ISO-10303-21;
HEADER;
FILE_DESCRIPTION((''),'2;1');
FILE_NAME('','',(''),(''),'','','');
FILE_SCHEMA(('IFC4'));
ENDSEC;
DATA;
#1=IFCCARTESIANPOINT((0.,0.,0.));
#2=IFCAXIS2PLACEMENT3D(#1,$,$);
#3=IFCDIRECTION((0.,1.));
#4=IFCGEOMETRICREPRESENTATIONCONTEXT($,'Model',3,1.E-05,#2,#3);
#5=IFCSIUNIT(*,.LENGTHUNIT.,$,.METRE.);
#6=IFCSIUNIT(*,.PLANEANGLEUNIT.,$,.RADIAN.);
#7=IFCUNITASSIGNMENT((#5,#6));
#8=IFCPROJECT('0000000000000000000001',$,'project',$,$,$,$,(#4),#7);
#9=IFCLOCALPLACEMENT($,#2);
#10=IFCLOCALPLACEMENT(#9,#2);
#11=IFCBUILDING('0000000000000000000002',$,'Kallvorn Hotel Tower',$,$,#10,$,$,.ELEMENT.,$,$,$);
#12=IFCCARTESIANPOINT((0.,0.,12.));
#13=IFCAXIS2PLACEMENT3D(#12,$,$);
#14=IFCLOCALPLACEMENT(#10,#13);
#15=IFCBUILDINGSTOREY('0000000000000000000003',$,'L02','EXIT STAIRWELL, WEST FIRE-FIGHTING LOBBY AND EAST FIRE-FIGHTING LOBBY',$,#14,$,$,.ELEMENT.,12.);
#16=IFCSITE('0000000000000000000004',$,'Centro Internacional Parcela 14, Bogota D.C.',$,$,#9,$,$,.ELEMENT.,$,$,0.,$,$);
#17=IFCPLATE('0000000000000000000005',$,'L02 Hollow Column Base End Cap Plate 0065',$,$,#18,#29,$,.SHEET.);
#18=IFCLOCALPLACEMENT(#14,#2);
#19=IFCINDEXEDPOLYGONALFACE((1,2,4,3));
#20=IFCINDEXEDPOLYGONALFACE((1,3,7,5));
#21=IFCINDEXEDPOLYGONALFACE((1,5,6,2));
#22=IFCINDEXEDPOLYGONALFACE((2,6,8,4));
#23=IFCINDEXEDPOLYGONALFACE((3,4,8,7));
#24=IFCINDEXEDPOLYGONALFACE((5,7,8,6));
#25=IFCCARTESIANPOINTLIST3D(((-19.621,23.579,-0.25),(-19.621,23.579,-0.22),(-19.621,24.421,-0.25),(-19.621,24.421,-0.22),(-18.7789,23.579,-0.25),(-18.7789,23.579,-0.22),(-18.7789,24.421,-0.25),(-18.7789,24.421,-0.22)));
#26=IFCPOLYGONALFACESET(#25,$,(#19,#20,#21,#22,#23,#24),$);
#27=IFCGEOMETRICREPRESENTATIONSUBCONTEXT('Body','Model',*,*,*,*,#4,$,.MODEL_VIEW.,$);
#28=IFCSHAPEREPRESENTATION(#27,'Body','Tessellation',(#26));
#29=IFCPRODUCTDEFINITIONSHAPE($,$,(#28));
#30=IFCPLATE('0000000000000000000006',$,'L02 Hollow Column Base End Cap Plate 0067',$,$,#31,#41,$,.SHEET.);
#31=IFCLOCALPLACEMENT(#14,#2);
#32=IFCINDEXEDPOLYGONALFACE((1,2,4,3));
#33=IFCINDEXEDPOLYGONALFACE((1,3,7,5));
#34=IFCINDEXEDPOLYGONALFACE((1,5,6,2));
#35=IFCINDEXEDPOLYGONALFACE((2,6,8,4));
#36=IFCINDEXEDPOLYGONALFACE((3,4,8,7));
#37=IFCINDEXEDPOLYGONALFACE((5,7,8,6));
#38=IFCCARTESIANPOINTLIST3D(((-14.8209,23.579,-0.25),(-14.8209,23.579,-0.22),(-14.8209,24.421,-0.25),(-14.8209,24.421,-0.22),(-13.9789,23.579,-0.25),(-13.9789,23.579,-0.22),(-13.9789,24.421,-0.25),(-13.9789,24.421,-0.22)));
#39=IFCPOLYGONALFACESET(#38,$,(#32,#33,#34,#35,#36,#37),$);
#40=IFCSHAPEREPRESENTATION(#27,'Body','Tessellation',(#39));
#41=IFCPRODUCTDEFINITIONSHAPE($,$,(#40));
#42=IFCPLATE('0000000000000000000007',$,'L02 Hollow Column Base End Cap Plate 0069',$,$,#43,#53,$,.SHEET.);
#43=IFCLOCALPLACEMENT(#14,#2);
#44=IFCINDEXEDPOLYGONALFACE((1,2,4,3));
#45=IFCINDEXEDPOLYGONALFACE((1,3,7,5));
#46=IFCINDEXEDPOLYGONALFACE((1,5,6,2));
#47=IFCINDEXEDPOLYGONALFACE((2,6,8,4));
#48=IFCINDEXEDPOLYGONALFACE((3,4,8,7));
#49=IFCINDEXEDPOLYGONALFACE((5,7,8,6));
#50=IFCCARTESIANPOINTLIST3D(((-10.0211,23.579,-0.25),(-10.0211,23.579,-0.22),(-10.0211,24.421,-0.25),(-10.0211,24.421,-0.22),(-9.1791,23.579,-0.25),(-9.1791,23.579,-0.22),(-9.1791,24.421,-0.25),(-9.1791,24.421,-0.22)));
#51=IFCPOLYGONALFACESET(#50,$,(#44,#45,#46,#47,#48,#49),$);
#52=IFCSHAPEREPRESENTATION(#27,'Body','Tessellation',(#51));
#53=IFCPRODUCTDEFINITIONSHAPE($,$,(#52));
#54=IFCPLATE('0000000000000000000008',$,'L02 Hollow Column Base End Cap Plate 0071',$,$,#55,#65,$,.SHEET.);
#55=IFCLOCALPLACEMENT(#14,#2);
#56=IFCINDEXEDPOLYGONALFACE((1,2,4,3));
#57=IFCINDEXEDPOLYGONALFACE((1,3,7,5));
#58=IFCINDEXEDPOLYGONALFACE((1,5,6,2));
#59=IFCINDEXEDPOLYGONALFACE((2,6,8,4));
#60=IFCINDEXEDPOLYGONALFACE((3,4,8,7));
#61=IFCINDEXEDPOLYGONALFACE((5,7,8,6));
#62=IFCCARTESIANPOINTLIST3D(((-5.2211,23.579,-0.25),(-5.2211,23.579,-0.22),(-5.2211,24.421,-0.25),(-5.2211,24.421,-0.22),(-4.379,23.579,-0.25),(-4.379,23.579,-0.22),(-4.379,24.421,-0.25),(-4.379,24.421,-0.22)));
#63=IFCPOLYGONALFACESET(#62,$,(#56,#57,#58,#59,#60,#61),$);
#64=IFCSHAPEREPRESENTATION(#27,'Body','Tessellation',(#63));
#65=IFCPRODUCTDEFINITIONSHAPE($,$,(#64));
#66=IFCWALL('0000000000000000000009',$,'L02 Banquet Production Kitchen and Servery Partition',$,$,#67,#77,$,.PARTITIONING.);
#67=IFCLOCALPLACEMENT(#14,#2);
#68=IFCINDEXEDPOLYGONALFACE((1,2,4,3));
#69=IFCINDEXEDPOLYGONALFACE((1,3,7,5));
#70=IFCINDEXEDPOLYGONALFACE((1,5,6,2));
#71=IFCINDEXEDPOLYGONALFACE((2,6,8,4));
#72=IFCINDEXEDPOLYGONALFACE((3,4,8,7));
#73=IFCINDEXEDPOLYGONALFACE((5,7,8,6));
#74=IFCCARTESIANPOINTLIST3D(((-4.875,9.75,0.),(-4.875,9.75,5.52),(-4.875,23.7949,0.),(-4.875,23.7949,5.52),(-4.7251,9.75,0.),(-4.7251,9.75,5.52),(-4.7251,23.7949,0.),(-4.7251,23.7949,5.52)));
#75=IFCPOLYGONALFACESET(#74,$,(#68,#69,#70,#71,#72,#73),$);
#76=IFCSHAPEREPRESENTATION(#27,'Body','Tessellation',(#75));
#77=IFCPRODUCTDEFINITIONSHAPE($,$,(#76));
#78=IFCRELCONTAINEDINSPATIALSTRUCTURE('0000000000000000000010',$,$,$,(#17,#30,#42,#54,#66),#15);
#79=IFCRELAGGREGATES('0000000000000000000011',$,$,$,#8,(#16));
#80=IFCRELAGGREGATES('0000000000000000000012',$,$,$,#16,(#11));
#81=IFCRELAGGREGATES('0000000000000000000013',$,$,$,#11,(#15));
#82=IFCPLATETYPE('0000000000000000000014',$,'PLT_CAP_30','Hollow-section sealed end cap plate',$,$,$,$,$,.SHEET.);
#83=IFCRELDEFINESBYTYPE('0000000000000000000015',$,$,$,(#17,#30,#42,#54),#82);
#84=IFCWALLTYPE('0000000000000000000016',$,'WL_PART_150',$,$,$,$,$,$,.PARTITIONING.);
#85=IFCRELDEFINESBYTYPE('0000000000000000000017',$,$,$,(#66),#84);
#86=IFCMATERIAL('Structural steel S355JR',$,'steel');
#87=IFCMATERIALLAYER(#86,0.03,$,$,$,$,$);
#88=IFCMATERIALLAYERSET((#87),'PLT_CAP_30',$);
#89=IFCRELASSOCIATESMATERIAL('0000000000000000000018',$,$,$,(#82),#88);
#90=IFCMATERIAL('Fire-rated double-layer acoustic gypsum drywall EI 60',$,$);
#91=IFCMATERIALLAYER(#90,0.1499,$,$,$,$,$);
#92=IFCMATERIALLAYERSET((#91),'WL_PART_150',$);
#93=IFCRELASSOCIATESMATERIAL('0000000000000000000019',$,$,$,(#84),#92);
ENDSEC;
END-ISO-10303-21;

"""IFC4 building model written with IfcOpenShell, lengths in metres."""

from ifc_helpers import new_model, si_unit, direction, frame, frame_2d, origin, origin_2d, place, context, subcontext, project, spatial, rectangle, extrude, material, layer, layer_set, type_object, element, save


model = new_model("IFC4")

# Units and contexts
model_context = context("Model", 3, precision=1e-05, world=origin(), true_north=direction((0.0, 1.0)))
body_context = subcontext(model_context, "Body", "Model", "MODEL_VIEW")
ifc_project = project(units=[si_unit("LENGTHUNIT", "METRE"), si_unit("PLANEANGLEUNIT", "RADIAN")], contexts=[model_context])

# Site, building, storey
site_placement = place(None, origin())
site = spatial("IfcSite", under=ifc_project, at=site_placement, Name="Centro Internacional Parcela 14, Bogota D.C.", CompositionType="ELEMENT", RefElevation=0.0)
building_placement = place(site_placement, origin())
building = spatial("IfcBuilding", under=site, at=building_placement, Name="Kallvorn Hotel Tower", CompositionType="ELEMENT")
storey_placement = place(building_placement, frame((0.0, 0.0, 12.0)))
storey = spatial("IfcBuildingStorey", under=building, at=storey_placement, Name="L02", Description="EXIT STAIRWELL, WEST FIRE-FIGHTING LOBBY AND EAST FIRE-FIGHTING LOBBY", CompositionType="ELEMENT", Elevation=12.0)

# Plates
ifc_material_1 = material(Name="Structural steel S355JR", Category="steel")
ifc_layer_1 = layer(ifc_material_1, 0.03)
ifc_layer_set_1 = layer_set([ifc_layer_1], Name="PLT_CAP_30")
plate_type_1 = type_object("IfcPlateType", Name="PLT_CAP_30", Description="Hollow-section sealed end cap plate", PredefinedType="SHEET", material=ifc_layer_set_1)
for number, where, z_axis, x_axis, name in (
    (1, (-19.2, 24.0, -0.25), (0.0, 0.0, 1.0), (1.0, 0.0, 0.0), "L02 Hollow Column Base End Cap Plate 0065"),
    (2, (-14.3999, 24.0, -0.25), (0.0, 0.0, 1.0), (1.0, 0.0, 0.0), "L02 Hollow Column Base End Cap Plate 0067"),
    (3, (-9.6001, 24.0, -0.25), (0.0, 0.0, 1.0), (1.0, 0.0, 0.0), "L02 Hollow Column Base End Cap Plate 0069"),
    (4, (-4.8, 24.0, -0.25), (0.0, 0.0, 1.0), (1.0, 0.0, 0.0), "L02 Hollow Column Base End Cap Plate 0071"),
):
    element("IfcPlate", number, at=place(storey_placement, frame(where, z_axis=z_axis, x_axis=x_axis)), inside=storey, type_object=plate_type_1, Name=name, PredefinedType="SHEET", context=body_context, shape_type="SweptSolid", body=[
        extrude(rectangle(XDim=0.842, YDim=0.842, at=origin_2d()), origin(), (0.0, 0.0, 1.0), 0.03),
    ])

# Wall
ifc_material_2 = material(Name="Fire-rated double-layer acoustic gypsum drywall EI 60")
ifc_layer_2 = layer(ifc_material_2, 0.1499)
ifc_layer_set_2 = layer_set([ifc_layer_2], Name="WL_PART_150")
wall_type = type_object("IfcWallType", Name="WL_PART_150", PredefinedType="PARTITIONING", material=ifc_layer_set_2)
wall_placement = place(storey_placement, frame((-4.8, 9.75, 0.0), z_axis=(0.0, 0.0, 1.0), x_axis=(0.0, 1.0, 0.0)))
element("IfcWall", 5, at=wall_placement, inside=storey, type_object=wall_type, Name="L02 Banquet Production Kitchen and Servery Partition", PredefinedType="PARTITIONING", context=body_context, shape_type="SweptSolid", body=[
    extrude(rectangle(XDim=14.0449, YDim=0.1499, at=frame_2d((7.0225, 0.0))), origin(), (0.0, 0.0, 1.0), 5.52),
])

save(model, "model.ifc")
